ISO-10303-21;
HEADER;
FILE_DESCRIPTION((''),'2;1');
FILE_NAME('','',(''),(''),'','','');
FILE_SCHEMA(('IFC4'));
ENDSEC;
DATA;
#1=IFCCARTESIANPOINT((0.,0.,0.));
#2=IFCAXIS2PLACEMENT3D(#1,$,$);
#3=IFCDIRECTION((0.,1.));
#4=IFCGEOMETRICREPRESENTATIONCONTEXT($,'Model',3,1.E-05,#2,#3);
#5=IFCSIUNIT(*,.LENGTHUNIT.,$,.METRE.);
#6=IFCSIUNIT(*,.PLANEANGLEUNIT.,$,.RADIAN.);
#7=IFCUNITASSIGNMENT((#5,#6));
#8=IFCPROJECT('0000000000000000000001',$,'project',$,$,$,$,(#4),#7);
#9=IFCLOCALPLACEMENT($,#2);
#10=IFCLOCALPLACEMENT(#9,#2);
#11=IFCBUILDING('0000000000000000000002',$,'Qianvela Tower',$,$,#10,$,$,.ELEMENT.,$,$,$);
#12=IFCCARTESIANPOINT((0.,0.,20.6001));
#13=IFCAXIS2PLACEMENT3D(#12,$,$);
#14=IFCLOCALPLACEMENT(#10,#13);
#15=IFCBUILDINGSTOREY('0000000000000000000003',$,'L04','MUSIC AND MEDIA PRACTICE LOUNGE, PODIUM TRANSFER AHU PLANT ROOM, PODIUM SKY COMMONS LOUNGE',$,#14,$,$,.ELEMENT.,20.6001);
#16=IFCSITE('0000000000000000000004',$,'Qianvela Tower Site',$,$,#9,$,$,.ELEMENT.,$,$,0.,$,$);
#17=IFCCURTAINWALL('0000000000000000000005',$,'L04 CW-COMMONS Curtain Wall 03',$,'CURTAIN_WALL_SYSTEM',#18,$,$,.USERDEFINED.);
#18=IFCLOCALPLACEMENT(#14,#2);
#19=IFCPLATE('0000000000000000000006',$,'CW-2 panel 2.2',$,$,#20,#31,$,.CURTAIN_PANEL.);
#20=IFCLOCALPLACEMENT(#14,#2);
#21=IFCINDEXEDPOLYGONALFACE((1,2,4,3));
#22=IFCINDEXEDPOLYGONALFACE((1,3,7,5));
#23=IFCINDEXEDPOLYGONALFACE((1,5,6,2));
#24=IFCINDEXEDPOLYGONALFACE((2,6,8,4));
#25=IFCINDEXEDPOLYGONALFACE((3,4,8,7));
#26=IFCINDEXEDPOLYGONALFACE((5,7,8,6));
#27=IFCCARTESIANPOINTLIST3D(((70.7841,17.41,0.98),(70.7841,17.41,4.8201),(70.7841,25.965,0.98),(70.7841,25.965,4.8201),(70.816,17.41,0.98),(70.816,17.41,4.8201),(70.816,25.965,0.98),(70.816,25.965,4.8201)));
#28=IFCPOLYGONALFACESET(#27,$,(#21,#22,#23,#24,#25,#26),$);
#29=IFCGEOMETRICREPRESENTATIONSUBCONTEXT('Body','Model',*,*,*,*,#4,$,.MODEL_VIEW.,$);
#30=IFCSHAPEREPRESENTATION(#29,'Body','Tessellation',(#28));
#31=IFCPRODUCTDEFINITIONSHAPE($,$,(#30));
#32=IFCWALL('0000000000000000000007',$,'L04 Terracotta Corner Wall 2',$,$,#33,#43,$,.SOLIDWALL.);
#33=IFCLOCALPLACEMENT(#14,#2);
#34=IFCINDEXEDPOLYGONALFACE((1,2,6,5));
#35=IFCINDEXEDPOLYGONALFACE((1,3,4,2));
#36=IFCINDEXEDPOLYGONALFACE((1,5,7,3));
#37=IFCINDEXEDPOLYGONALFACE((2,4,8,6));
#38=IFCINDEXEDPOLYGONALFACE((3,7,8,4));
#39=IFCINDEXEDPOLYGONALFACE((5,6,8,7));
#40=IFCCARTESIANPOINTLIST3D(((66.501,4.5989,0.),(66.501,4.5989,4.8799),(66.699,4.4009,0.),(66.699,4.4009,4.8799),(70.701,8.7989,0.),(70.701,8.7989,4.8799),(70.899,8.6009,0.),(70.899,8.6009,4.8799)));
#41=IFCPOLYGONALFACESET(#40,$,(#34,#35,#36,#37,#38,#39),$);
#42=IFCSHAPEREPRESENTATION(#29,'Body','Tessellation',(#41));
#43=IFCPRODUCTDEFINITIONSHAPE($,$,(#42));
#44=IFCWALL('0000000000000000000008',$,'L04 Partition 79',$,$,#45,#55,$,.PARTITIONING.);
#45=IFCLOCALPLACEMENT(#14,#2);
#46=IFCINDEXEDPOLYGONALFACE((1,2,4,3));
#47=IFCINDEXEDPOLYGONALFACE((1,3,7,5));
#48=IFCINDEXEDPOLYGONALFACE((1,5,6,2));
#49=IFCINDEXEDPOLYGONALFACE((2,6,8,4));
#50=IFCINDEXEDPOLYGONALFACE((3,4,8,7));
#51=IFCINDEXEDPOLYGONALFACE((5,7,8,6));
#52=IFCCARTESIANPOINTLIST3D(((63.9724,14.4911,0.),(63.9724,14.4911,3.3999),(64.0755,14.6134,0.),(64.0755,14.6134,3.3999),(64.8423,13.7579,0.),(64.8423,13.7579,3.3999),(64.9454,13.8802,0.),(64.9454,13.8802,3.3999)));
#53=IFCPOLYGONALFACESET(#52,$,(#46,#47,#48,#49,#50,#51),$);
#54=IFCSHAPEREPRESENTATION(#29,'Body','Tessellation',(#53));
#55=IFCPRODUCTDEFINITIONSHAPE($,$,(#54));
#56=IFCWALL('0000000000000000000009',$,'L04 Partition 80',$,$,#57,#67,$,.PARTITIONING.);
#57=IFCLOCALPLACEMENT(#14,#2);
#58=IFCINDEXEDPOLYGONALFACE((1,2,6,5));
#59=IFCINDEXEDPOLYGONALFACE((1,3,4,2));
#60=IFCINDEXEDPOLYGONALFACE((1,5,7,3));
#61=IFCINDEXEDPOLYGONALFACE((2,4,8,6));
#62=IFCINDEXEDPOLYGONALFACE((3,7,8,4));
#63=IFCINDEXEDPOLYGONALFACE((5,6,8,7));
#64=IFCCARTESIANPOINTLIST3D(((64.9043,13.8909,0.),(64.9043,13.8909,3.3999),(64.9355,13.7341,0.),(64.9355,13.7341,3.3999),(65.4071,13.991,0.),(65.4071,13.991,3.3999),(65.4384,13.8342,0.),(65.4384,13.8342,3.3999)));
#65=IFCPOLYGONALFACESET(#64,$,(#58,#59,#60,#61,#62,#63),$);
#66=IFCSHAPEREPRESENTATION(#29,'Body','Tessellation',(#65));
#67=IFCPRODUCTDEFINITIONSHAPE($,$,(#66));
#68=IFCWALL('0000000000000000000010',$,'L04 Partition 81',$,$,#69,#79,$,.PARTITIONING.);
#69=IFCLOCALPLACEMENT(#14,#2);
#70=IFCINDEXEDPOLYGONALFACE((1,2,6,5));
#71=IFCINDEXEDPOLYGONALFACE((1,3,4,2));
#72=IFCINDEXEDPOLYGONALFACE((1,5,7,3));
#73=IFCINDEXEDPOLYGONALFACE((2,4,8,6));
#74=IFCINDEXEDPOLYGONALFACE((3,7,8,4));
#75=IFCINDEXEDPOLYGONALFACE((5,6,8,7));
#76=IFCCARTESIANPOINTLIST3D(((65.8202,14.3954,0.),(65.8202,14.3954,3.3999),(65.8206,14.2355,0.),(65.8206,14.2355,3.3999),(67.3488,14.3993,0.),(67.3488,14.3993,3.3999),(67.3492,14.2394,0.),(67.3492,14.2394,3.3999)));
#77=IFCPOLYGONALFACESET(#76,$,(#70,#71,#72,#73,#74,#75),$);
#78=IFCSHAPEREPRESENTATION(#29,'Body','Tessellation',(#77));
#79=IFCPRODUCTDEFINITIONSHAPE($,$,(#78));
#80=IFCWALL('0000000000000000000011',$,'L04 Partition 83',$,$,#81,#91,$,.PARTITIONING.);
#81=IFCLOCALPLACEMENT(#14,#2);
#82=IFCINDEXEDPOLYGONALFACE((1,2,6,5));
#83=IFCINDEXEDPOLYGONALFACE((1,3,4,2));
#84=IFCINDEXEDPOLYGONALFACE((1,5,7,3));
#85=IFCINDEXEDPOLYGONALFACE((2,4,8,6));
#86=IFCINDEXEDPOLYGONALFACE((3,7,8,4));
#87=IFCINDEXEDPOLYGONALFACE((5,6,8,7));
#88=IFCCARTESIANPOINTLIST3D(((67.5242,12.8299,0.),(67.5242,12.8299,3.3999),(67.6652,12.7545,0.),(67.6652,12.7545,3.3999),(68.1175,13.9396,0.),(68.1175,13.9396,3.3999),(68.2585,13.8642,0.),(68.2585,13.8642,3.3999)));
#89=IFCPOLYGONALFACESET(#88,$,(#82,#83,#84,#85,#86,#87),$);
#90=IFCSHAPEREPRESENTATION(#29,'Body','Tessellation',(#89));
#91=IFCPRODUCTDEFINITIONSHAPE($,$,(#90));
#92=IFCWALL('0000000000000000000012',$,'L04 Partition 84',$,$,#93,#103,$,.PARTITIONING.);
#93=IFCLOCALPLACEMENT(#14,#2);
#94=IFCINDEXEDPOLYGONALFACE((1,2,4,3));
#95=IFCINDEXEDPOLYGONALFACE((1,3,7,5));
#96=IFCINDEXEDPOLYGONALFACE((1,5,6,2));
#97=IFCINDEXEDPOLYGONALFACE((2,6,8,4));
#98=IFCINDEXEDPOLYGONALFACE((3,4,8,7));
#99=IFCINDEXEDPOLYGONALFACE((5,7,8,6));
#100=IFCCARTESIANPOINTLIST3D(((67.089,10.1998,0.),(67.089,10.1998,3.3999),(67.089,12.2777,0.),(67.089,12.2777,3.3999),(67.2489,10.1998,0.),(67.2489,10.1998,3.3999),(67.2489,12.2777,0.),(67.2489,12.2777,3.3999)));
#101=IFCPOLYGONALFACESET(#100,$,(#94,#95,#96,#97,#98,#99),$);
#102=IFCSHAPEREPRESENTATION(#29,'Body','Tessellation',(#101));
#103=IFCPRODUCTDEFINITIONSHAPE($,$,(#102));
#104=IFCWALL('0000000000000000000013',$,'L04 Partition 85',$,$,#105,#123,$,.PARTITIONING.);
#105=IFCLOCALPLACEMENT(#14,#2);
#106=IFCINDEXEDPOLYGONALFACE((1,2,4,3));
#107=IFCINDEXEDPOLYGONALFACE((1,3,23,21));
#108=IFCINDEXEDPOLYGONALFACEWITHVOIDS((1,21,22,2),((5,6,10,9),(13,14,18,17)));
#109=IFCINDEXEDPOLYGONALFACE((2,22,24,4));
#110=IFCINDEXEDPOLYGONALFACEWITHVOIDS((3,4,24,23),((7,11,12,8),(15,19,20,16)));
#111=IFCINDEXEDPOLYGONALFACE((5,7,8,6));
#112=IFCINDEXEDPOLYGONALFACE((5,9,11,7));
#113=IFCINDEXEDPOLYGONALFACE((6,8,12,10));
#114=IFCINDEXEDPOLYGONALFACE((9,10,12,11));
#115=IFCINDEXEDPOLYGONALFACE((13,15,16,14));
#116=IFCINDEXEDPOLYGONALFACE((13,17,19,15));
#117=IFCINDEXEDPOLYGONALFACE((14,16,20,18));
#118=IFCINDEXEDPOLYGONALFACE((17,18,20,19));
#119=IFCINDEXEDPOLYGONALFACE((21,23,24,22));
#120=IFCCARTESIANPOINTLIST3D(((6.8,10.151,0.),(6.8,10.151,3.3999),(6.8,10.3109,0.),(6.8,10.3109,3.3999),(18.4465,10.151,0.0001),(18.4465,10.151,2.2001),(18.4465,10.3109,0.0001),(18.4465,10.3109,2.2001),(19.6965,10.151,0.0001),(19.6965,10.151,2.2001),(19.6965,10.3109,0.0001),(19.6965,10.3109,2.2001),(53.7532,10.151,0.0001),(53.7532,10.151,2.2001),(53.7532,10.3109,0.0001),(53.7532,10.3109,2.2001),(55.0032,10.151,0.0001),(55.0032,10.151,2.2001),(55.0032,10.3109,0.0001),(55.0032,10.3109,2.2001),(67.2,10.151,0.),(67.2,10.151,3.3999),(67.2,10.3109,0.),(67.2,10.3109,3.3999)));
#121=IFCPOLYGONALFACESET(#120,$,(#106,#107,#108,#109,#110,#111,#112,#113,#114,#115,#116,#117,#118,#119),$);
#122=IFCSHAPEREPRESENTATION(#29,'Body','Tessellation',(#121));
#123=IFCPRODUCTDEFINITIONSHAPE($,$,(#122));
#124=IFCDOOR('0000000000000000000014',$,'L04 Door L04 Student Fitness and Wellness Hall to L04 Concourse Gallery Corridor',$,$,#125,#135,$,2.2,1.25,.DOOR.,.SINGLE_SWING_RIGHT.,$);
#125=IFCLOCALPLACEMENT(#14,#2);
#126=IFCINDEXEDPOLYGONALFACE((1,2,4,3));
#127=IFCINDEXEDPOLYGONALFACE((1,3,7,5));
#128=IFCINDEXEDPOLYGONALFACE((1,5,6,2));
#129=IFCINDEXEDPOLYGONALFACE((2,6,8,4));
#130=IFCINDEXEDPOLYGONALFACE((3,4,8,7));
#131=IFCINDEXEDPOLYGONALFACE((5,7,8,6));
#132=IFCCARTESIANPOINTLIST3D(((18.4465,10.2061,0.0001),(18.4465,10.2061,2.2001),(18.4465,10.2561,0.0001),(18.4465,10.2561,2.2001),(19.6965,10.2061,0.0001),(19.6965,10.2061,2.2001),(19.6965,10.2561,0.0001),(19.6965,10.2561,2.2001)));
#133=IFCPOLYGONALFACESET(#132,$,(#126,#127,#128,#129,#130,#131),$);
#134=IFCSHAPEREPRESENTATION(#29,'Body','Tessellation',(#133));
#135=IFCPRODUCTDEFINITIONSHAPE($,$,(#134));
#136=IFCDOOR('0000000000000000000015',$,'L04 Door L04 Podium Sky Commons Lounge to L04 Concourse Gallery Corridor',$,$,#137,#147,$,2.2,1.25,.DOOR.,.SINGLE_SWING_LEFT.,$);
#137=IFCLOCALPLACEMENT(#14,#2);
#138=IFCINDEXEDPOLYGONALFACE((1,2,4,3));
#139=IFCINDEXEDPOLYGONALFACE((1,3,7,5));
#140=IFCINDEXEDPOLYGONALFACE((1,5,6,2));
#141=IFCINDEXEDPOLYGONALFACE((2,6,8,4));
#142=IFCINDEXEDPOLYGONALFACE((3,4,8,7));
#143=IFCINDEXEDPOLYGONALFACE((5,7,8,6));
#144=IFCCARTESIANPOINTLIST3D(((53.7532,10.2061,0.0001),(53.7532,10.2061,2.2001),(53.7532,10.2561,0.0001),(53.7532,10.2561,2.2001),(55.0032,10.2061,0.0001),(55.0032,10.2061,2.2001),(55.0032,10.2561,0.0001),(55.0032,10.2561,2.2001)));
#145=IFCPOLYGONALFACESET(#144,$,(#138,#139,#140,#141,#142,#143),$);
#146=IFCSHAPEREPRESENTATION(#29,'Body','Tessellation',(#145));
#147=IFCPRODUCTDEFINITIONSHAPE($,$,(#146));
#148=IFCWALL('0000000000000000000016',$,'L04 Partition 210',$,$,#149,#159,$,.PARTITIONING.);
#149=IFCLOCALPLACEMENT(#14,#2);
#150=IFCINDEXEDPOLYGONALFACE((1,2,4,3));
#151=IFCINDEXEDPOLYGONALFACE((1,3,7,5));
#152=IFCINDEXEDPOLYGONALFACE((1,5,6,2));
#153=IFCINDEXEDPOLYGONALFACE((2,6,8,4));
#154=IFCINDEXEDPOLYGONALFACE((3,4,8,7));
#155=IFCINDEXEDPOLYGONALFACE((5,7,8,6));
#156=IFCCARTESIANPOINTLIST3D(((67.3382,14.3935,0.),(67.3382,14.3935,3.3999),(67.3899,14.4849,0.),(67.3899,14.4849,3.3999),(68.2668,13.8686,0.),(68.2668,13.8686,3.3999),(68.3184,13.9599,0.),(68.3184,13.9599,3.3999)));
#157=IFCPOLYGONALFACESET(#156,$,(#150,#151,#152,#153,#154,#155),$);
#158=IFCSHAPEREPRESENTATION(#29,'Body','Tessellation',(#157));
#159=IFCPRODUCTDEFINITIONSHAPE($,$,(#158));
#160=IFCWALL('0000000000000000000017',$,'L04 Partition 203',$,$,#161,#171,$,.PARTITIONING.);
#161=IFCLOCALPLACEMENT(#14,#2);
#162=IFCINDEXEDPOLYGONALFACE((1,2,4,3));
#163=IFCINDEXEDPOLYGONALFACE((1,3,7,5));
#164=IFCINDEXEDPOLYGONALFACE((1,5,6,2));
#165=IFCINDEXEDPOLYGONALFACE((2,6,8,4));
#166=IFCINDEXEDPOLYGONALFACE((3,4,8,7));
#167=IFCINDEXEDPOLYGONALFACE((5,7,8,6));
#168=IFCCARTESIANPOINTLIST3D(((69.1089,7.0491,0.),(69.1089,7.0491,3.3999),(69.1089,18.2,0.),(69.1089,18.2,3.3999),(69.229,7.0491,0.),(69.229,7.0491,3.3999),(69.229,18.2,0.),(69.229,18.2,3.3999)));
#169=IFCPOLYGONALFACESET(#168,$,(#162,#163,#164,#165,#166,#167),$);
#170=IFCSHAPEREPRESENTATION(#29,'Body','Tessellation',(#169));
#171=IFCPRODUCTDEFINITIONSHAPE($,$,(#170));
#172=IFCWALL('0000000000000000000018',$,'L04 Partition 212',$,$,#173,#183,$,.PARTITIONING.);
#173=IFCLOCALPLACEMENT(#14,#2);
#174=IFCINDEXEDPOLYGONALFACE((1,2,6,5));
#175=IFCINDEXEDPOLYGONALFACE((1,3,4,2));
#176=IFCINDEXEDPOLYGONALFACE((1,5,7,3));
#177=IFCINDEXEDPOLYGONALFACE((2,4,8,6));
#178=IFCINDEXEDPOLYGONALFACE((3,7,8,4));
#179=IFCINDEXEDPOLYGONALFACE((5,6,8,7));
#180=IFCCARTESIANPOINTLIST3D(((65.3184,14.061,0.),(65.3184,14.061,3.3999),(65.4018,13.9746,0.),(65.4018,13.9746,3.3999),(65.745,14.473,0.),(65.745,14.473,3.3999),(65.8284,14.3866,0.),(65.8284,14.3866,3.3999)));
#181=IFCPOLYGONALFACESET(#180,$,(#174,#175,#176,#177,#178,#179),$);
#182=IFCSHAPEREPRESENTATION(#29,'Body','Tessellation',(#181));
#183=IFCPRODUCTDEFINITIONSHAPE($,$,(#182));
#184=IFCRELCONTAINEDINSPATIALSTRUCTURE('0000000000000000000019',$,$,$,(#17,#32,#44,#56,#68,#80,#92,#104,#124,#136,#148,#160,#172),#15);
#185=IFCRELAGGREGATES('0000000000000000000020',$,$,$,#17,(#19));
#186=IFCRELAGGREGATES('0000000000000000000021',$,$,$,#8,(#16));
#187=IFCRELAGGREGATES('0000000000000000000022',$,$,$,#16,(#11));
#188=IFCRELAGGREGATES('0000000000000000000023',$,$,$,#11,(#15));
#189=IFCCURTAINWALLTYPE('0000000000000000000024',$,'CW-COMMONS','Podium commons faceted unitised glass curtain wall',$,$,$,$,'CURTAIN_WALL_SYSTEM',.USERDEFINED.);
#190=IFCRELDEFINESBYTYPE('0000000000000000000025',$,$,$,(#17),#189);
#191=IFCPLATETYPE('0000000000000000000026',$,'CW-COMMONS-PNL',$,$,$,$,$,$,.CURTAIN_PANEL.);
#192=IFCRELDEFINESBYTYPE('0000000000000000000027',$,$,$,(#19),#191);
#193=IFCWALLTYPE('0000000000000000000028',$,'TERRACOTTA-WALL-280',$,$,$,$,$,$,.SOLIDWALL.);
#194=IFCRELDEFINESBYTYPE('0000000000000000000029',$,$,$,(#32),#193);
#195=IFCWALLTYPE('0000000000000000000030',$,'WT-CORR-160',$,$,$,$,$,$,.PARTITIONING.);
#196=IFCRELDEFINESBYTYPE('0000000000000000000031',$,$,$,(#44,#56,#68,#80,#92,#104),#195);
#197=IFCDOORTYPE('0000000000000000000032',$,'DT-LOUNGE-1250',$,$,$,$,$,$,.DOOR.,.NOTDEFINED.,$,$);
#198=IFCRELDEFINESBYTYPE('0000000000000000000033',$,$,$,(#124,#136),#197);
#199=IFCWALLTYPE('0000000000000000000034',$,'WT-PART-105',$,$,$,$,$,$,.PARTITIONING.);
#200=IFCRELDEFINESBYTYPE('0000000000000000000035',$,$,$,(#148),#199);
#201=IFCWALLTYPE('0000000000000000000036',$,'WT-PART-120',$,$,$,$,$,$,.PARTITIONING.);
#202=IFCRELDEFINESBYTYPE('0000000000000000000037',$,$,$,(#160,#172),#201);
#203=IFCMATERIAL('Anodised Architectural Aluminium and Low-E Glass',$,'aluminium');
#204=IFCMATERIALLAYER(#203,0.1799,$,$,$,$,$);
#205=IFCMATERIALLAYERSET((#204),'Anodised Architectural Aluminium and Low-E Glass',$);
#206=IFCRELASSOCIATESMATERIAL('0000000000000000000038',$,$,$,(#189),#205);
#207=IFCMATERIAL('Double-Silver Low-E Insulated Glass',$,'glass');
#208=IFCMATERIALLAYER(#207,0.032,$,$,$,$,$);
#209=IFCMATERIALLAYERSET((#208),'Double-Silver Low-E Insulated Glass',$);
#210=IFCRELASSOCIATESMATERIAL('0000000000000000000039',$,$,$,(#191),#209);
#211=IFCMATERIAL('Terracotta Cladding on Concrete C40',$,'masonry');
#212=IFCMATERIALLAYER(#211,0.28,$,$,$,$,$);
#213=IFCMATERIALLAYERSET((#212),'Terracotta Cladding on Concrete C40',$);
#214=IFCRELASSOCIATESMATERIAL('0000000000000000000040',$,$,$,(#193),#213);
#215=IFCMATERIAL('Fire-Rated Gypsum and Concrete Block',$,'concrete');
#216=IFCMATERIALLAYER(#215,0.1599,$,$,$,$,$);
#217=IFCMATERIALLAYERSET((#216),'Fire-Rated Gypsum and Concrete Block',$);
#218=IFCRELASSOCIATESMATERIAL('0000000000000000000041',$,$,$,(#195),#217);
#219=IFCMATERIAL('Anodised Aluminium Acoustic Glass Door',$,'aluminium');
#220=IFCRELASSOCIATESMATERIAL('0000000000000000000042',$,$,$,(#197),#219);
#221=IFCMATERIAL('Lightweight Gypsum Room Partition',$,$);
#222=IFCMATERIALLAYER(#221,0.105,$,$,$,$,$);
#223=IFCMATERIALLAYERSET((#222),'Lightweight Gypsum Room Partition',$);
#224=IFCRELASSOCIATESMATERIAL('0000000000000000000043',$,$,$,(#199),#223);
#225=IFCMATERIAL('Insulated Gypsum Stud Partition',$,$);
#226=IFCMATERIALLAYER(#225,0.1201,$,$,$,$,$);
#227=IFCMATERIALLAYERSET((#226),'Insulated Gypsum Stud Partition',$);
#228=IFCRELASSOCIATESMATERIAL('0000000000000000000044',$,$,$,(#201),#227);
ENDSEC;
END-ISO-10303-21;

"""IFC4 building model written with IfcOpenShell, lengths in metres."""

from ifc_helpers import new_model, si_unit, direction, frame, frame_2d, origin, origin_2d, place, context, subcontext, project, spatial, rectangle, extrude, material, layer, layer_set, type_object, element, fill, aggregate, save


model = new_model("IFC4")

# Units and contexts
model_context = context("Model", 3, precision=1e-05, world=origin(), true_north=direction((0.0, 1.0)))
body_context = subcontext(model_context, "Body", "Model", "MODEL_VIEW")
ifc_project = project(units=[si_unit("LENGTHUNIT", "METRE"), si_unit("PLANEANGLEUNIT", "RADIAN")], contexts=[model_context])

# Site, building, storey
site_placement = place(None, origin())
site = spatial("IfcSite", under=ifc_project, at=site_placement, Name="Qianvela Tower Site", CompositionType="ELEMENT", RefElevation=0.0)
building_placement = place(site_placement, origin())
building = spatial("IfcBuilding", under=site, at=building_placement, Name="Qianvela Tower", CompositionType="ELEMENT")
storey_placement = place(building_placement, frame((0.0, 0.0, 20.6001)))
storey = spatial("IfcBuildingStorey", under=building, at=storey_placement, Name="L04", Description="MUSIC AND MEDIA PRACTICE LOUNGE, PODIUM TRANSFER AHU PLANT ROOM, PODIUM SKY COMMONS LOUNGE", CompositionType="ELEMENT", Elevation=20.6001)

# Shared definitions
ifc_material_1 = material(Name="Anodised Architectural Aluminium and Low-E Glass", Category="aluminium")
ifc_layer_1 = layer(ifc_material_1, 0.1799)
ifc_layer_set_1 = layer_set([ifc_layer_1], Name="Anodised Architectural Aluminium and Low-E Glass")
curtain_wall_type = type_object("IfcCurtainWallType", Name="CW-COMMONS", Description="Podium commons faceted unitised glass curtain wall", ElementType="CURTAIN_WALL_SYSTEM", PredefinedType="USERDEFINED", material=ifc_layer_set_1)

# Curtain wall
curtain_wall_1_placement = place(storey_placement, origin())
curtain_wall_1 = element("IfcCurtainWall", 1, at=curtain_wall_1_placement, inside=storey, type_object=curtain_wall_type, Name="L04 CW-COMMONS Curtain Wall 03", ObjectType="CURTAIN_WALL_SYSTEM", PredefinedType="USERDEFINED")

# Plate
ifc_material_2 = material(Name="Double-Silver Low-E Insulated Glass", Category="glass")
ifc_layer_2 = layer(ifc_material_2, 0.032)
ifc_layer_set_2 = layer_set([ifc_layer_2], Name="Double-Silver Low-E Insulated Glass")
plate_type = type_object("IfcPlateType", Name="CW-COMMONS-PNL", PredefinedType="CURTAIN_PANEL", material=ifc_layer_set_2)
plate_1_placement = place(storey_placement, frame((70.8, 21.6875, 0.98), z_axis=(0.0, 0.0, 1.0), x_axis=(0.0, 1.0, 0.0)))
plate_1 = element("IfcPlate", 2, at=plate_1_placement, type_object=plate_type, Name="CW-2 panel 2.2", PredefinedType="CURTAIN_PANEL", context=body_context, shape_type="SweptSolid", body=[
    extrude(rectangle(XDim=8.5549, YDim=0.032, at=origin_2d()), origin(), (0.0, 0.0, 1.0), 3.8401),
])
aggregate(curtain_wall_1, [plate_1])

# Walls
ifc_material_3 = material(Name="Terracotta Cladding on Concrete C40", Category="masonry")
ifc_layer_3 = layer(ifc_material_3, 0.28)
ifc_layer_set_3 = layer_set([ifc_layer_3], Name="Terracotta Cladding on Concrete C40")
wall_type_1 = type_object("IfcWallType", Name="TERRACOTTA-WALL-280", PredefinedType="SOLIDWALL", material=ifc_layer_set_3)
wall_1_placement = place(storey_placement, frame((66.6001, 4.5, 0.0), z_axis=(0.0, 0.0, 1.0), x_axis=(0.707107, 0.707107, 0.0)))
element("IfcWall", 3, at=wall_1_placement, inside=storey, type_object=wall_type_1, Name="L04 Terracotta Corner Wall 2", PredefinedType="SOLIDWALL", context=body_context, shape_type="SweptSolid", body=[
    extrude(rectangle(XDim=5.9397, YDim=0.28, at=frame_2d((2.9697, 0.0))), origin(), (0.0, 0.0, 1.0), 4.8799),
])
ifc_material_4 = material(Name="Fire-Rated Gypsum and Concrete Block", Category="concrete")
ifc_layer_4 = layer(ifc_material_4, 0.1599)
ifc_layer_set_4 = layer_set([ifc_layer_4], Name="Fire-Rated Gypsum and Concrete Block")
wall_type_2 = type_object("IfcWallType", Name="WT-CORR-160", PredefinedType="PARTITIONING", material=ifc_layer_set_4)
wall_2_placement = place(storey_placement, frame((64.0239, 14.5522, 0.0), z_axis=(0.0, 0.0, 1.0), x_axis=(0.764638, -0.64446, 0.0)))
element("IfcWall", 4, at=wall_2_placement, inside=storey, type_object=wall_type_2, Name="L04 Partition 79", PredefinedType="PARTITIONING", context=body_context, shape_type="SweptSolid", body=[
    extrude(rectangle(XDim=1.1377, YDim=0.1599, at=frame_2d((0.5688, 0.0))), origin(), (0.0, 0.0, 1.0), 3.3999),
])
wall_3_placement = place(storey_placement, frame((64.9199, 13.8125, 0.0), z_axis=(0.0, 0.0, 1.0), x_axis=(0.980763, 0.1952, 0.0)))
element("IfcWall", 5, at=wall_3_placement, inside=storey, type_object=wall_type_2, Name="L04 Partition 80", PredefinedType="PARTITIONING", context=body_context, shape_type="SweptSolid", body=[
    extrude(rectangle(XDim=0.5127, YDim=0.1599, at=frame_2d((0.2563, 0.0))), origin(), (0.0, 0.0, 1.0), 3.3999),
])
wall_4_placement = place(storey_placement, frame((65.8206, 14.3154, 0.0), z_axis=(0.0, 0.0, 1.0), x_axis=(0.999997, 0.002555, 0.0)))
element("IfcWall", 6, at=wall_4_placement, inside=storey, type_object=wall_type_2, Name="L04 Partition 81", PredefinedType="PARTITIONING", context=body_context, shape_type="SweptSolid", body=[
    extrude(rectangle(XDim=1.5286, YDim=0.1599, at=frame_2d((0.7642, 0.0))), origin(), (0.0, 0.0, 1.0), 3.3999),
])
wall_5_placement = place(storey_placement, frame((68.188, 13.9019, 0.0), z_axis=(0.0, 0.0, 1.0), x_axis=(-0.471494, -0.881869, 0.0)))
element("IfcWall", 7, at=wall_5_placement, inside=storey, type_object=wall_type_2, Name="L04 Partition 83", PredefinedType="PARTITIONING", context=body_context, shape_type="SweptSolid", body=[
    extrude(rectangle(XDim=1.2583, YDim=0.1599, at=frame_2d((0.6292, 0.0))), origin(), (0.0, 0.0, 1.0), 3.3999),
])
wall_6_placement = place(storey_placement, frame((67.1689, 12.2778, 0.0), z_axis=(0.0, 0.0, 1.0), x_axis=(0.0, -1.0, 0.0)))
element("IfcWall", 8, at=wall_6_placement, inside=storey, type_object=wall_type_2, Name="L04 Partition 84", PredefinedType="PARTITIONING", context=body_context, shape_type="SweptSolid", body=[
    extrude(rectangle(XDim=2.0779, YDim=0.1599, at=frame_2d((1.0391, 0.0))), origin(), (0.0, 0.0, 1.0), 3.3999),
])

# Wall, openings, doors
wall_7_placement = place(storey_placement, frame((67.2, 10.231, 0.0), z_axis=(0.0, 0.0, 1.0), x_axis=(-1.0, 0.0, 0.0)))
wall_7 = element("IfcWall", 9, at=wall_7_placement, inside=storey, type_object=wall_type_2, Name="L04 Partition 85", PredefinedType="PARTITIONING", context=body_context, shape_type="SweptSolid", body=[
    extrude(rectangle(XDim=60.3999, YDim=0.1599, at=frame_2d((30.2, 0.0))), origin(), (0.0, 0.0, 1.0), 3.3999),
])
opening_1_placement = place(wall_7_placement, frame((47.5034, 0.0, 0.0)))
opening_1 = element("IfcOpeningElement", 10, at=opening_1_placement, cuts=wall_7, PredefinedType="OPENING", context=body_context, shape_type="SweptSolid", body=[
    extrude(rectangle(XDim=1.25, YDim=2.2, at=frame_2d((0.625, 1.1001))), frame((0.0, 0.0898, 0.0), z_axis=(0.0, -1.0, 0.0), x_axis=(1.0, 0.0, 0.0)), (0.0, 0.0, 1.0), 0.1799),
])
opening_2_placement = place(wall_7_placement, frame((12.1968, 0.0, 0.0)))
opening_2 = element("IfcOpeningElement", 11, at=opening_2_placement, cuts=wall_7, PredefinedType="OPENING", context=body_context, shape_type="SweptSolid", body=[
    extrude(rectangle(XDim=1.25, YDim=2.2, at=frame_2d((0.625, 1.1001))), frame((0.0, 0.0898, 0.0), z_axis=(0.0, -1.0, 0.0), x_axis=(1.0, 0.0, 0.0)), (0.0, 0.0, 1.0), 0.1799),
])
ifc_material_5 = material(Name="Anodised Aluminium Acoustic Glass Door", Category="aluminium")
door_type = type_object("IfcDoorType", Name="DT-LOUNGE-1250", OperationType="NOTDEFINED", PredefinedType="DOOR", material=ifc_material_5)
door_1_placement = place(opening_1_placement, origin())
door_1 = element("IfcDoor", 12, at=door_1_placement, inside=storey, type_object=door_type, Name="L04 Door L04 Student Fitness and Wellness Hall to L04 Concourse Gallery Corridor", OperationType="SINGLE_SWING_RIGHT", OverallHeight=2.2, OverallWidth=1.25, PredefinedType="DOOR", context=body_context, shape_type="SweptSolid", body=[
    extrude(rectangle(XDim=1.25, YDim=2.2, at=frame_2d((0.625, 1.1001))), frame((0.0, 0.0249, 0.0), z_axis=(0.0, -1.0, 0.0), x_axis=(1.0, 0.0, 0.0)), (0.0, 0.0, 1.0), 0.05),
])
fill(opening_1, door_1)
door_2_placement = place(opening_2_placement, origin())
door_2 = element("IfcDoor", 13, at=door_2_placement, inside=storey, type_object=door_type, Name="L04 Door L04 Podium Sky Commons Lounge to L04 Concourse Gallery Corridor", OperationType="SINGLE_SWING_LEFT", OverallHeight=2.2, OverallWidth=1.25, PredefinedType="DOOR", context=body_context, shape_type="SweptSolid", body=[
    extrude(rectangle(XDim=1.25, YDim=2.2, at=frame_2d((0.625, 1.1001))), frame((0.0, 0.0249, 0.0), z_axis=(0.0, -1.0, 0.0), x_axis=(1.0, 0.0, 0.0)), (0.0, 0.0, 1.0), 0.05),
])
fill(opening_2, door_2)

# Walls
ifc_material_6 = material(Name="Lightweight Gypsum Room Partition")
ifc_layer_5 = layer(ifc_material_6, 0.105)
ifc_layer_set_5 = layer_set([ifc_layer_5], Name="Lightweight Gypsum Room Partition")
wall_type_3 = type_object("IfcWallType", Name="WT-PART-105", PredefinedType="PARTITIONING", material=ifc_layer_set_5)
wall_8_placement = place(storey_placement, frame((68.2925, 13.9143, 0.0), z_axis=(0.0, 0.0, 1.0), x_axis=(-0.870516, 0.49214, 0.0)))
element("IfcWall", 14, at=wall_8_placement, inside=storey, type_object=wall_type_3, Name="L04 Partition 210", PredefinedType="PARTITIONING", context=body_context, shape_type="SweptSolid", body=[
    extrude(rectangle(XDim=1.0667, YDim=0.105, at=frame_2d((0.5332, 0.0))), origin(), (0.0, 0.0, 1.0), 3.3999),
])
ifc_material_7 = material(Name="Insulated Gypsum Stud Partition")
ifc_layer_6 = layer(ifc_material_7, 0.1201)
ifc_layer_set_6 = layer_set([ifc_layer_6], Name="Insulated Gypsum Stud Partition")
wall_type_4 = type_object("IfcWallType", Name="WT-PART-120", PredefinedType="PARTITIONING", material=ifc_layer_set_6)
wall_9_placement = place(storey_placement, frame((69.1689, 18.2, 0.0), z_axis=(0.0, 0.0, 1.0), x_axis=(0.0, -1.0, 0.0)))
element("IfcWall", 15, at=wall_9_placement, inside=storey, type_object=wall_type_4, Name="L04 Partition 203", PredefinedType="PARTITIONING", context=body_context, shape_type="SweptSolid", body=[
    extrude(rectangle(XDim=11.1509, YDim=0.1201, at=frame_2d((5.5754, 0.0))), origin(), (0.0, 0.0, 1.0), 3.3999),
])
wall_10_placement = place(storey_placement, frame((65.7866, 14.4297, 0.0), z_axis=(0.0, 0.0, 1.0), x_axis=(-0.719352, -0.694646, 0.0)))
element("IfcWall", 16, at=wall_10_placement, inside=storey, type_object=wall_type_4, Name="L04 Partition 212", PredefinedType="PARTITIONING", context=body_context, shape_type="SweptSolid", body=[
    extrude(rectangle(XDim=0.593, YDim=0.1201, at=frame_2d((0.2964, 0.0))), origin(), (0.0, 0.0, 1.0), 3.3999),
])

save(model, "model.ifc")
